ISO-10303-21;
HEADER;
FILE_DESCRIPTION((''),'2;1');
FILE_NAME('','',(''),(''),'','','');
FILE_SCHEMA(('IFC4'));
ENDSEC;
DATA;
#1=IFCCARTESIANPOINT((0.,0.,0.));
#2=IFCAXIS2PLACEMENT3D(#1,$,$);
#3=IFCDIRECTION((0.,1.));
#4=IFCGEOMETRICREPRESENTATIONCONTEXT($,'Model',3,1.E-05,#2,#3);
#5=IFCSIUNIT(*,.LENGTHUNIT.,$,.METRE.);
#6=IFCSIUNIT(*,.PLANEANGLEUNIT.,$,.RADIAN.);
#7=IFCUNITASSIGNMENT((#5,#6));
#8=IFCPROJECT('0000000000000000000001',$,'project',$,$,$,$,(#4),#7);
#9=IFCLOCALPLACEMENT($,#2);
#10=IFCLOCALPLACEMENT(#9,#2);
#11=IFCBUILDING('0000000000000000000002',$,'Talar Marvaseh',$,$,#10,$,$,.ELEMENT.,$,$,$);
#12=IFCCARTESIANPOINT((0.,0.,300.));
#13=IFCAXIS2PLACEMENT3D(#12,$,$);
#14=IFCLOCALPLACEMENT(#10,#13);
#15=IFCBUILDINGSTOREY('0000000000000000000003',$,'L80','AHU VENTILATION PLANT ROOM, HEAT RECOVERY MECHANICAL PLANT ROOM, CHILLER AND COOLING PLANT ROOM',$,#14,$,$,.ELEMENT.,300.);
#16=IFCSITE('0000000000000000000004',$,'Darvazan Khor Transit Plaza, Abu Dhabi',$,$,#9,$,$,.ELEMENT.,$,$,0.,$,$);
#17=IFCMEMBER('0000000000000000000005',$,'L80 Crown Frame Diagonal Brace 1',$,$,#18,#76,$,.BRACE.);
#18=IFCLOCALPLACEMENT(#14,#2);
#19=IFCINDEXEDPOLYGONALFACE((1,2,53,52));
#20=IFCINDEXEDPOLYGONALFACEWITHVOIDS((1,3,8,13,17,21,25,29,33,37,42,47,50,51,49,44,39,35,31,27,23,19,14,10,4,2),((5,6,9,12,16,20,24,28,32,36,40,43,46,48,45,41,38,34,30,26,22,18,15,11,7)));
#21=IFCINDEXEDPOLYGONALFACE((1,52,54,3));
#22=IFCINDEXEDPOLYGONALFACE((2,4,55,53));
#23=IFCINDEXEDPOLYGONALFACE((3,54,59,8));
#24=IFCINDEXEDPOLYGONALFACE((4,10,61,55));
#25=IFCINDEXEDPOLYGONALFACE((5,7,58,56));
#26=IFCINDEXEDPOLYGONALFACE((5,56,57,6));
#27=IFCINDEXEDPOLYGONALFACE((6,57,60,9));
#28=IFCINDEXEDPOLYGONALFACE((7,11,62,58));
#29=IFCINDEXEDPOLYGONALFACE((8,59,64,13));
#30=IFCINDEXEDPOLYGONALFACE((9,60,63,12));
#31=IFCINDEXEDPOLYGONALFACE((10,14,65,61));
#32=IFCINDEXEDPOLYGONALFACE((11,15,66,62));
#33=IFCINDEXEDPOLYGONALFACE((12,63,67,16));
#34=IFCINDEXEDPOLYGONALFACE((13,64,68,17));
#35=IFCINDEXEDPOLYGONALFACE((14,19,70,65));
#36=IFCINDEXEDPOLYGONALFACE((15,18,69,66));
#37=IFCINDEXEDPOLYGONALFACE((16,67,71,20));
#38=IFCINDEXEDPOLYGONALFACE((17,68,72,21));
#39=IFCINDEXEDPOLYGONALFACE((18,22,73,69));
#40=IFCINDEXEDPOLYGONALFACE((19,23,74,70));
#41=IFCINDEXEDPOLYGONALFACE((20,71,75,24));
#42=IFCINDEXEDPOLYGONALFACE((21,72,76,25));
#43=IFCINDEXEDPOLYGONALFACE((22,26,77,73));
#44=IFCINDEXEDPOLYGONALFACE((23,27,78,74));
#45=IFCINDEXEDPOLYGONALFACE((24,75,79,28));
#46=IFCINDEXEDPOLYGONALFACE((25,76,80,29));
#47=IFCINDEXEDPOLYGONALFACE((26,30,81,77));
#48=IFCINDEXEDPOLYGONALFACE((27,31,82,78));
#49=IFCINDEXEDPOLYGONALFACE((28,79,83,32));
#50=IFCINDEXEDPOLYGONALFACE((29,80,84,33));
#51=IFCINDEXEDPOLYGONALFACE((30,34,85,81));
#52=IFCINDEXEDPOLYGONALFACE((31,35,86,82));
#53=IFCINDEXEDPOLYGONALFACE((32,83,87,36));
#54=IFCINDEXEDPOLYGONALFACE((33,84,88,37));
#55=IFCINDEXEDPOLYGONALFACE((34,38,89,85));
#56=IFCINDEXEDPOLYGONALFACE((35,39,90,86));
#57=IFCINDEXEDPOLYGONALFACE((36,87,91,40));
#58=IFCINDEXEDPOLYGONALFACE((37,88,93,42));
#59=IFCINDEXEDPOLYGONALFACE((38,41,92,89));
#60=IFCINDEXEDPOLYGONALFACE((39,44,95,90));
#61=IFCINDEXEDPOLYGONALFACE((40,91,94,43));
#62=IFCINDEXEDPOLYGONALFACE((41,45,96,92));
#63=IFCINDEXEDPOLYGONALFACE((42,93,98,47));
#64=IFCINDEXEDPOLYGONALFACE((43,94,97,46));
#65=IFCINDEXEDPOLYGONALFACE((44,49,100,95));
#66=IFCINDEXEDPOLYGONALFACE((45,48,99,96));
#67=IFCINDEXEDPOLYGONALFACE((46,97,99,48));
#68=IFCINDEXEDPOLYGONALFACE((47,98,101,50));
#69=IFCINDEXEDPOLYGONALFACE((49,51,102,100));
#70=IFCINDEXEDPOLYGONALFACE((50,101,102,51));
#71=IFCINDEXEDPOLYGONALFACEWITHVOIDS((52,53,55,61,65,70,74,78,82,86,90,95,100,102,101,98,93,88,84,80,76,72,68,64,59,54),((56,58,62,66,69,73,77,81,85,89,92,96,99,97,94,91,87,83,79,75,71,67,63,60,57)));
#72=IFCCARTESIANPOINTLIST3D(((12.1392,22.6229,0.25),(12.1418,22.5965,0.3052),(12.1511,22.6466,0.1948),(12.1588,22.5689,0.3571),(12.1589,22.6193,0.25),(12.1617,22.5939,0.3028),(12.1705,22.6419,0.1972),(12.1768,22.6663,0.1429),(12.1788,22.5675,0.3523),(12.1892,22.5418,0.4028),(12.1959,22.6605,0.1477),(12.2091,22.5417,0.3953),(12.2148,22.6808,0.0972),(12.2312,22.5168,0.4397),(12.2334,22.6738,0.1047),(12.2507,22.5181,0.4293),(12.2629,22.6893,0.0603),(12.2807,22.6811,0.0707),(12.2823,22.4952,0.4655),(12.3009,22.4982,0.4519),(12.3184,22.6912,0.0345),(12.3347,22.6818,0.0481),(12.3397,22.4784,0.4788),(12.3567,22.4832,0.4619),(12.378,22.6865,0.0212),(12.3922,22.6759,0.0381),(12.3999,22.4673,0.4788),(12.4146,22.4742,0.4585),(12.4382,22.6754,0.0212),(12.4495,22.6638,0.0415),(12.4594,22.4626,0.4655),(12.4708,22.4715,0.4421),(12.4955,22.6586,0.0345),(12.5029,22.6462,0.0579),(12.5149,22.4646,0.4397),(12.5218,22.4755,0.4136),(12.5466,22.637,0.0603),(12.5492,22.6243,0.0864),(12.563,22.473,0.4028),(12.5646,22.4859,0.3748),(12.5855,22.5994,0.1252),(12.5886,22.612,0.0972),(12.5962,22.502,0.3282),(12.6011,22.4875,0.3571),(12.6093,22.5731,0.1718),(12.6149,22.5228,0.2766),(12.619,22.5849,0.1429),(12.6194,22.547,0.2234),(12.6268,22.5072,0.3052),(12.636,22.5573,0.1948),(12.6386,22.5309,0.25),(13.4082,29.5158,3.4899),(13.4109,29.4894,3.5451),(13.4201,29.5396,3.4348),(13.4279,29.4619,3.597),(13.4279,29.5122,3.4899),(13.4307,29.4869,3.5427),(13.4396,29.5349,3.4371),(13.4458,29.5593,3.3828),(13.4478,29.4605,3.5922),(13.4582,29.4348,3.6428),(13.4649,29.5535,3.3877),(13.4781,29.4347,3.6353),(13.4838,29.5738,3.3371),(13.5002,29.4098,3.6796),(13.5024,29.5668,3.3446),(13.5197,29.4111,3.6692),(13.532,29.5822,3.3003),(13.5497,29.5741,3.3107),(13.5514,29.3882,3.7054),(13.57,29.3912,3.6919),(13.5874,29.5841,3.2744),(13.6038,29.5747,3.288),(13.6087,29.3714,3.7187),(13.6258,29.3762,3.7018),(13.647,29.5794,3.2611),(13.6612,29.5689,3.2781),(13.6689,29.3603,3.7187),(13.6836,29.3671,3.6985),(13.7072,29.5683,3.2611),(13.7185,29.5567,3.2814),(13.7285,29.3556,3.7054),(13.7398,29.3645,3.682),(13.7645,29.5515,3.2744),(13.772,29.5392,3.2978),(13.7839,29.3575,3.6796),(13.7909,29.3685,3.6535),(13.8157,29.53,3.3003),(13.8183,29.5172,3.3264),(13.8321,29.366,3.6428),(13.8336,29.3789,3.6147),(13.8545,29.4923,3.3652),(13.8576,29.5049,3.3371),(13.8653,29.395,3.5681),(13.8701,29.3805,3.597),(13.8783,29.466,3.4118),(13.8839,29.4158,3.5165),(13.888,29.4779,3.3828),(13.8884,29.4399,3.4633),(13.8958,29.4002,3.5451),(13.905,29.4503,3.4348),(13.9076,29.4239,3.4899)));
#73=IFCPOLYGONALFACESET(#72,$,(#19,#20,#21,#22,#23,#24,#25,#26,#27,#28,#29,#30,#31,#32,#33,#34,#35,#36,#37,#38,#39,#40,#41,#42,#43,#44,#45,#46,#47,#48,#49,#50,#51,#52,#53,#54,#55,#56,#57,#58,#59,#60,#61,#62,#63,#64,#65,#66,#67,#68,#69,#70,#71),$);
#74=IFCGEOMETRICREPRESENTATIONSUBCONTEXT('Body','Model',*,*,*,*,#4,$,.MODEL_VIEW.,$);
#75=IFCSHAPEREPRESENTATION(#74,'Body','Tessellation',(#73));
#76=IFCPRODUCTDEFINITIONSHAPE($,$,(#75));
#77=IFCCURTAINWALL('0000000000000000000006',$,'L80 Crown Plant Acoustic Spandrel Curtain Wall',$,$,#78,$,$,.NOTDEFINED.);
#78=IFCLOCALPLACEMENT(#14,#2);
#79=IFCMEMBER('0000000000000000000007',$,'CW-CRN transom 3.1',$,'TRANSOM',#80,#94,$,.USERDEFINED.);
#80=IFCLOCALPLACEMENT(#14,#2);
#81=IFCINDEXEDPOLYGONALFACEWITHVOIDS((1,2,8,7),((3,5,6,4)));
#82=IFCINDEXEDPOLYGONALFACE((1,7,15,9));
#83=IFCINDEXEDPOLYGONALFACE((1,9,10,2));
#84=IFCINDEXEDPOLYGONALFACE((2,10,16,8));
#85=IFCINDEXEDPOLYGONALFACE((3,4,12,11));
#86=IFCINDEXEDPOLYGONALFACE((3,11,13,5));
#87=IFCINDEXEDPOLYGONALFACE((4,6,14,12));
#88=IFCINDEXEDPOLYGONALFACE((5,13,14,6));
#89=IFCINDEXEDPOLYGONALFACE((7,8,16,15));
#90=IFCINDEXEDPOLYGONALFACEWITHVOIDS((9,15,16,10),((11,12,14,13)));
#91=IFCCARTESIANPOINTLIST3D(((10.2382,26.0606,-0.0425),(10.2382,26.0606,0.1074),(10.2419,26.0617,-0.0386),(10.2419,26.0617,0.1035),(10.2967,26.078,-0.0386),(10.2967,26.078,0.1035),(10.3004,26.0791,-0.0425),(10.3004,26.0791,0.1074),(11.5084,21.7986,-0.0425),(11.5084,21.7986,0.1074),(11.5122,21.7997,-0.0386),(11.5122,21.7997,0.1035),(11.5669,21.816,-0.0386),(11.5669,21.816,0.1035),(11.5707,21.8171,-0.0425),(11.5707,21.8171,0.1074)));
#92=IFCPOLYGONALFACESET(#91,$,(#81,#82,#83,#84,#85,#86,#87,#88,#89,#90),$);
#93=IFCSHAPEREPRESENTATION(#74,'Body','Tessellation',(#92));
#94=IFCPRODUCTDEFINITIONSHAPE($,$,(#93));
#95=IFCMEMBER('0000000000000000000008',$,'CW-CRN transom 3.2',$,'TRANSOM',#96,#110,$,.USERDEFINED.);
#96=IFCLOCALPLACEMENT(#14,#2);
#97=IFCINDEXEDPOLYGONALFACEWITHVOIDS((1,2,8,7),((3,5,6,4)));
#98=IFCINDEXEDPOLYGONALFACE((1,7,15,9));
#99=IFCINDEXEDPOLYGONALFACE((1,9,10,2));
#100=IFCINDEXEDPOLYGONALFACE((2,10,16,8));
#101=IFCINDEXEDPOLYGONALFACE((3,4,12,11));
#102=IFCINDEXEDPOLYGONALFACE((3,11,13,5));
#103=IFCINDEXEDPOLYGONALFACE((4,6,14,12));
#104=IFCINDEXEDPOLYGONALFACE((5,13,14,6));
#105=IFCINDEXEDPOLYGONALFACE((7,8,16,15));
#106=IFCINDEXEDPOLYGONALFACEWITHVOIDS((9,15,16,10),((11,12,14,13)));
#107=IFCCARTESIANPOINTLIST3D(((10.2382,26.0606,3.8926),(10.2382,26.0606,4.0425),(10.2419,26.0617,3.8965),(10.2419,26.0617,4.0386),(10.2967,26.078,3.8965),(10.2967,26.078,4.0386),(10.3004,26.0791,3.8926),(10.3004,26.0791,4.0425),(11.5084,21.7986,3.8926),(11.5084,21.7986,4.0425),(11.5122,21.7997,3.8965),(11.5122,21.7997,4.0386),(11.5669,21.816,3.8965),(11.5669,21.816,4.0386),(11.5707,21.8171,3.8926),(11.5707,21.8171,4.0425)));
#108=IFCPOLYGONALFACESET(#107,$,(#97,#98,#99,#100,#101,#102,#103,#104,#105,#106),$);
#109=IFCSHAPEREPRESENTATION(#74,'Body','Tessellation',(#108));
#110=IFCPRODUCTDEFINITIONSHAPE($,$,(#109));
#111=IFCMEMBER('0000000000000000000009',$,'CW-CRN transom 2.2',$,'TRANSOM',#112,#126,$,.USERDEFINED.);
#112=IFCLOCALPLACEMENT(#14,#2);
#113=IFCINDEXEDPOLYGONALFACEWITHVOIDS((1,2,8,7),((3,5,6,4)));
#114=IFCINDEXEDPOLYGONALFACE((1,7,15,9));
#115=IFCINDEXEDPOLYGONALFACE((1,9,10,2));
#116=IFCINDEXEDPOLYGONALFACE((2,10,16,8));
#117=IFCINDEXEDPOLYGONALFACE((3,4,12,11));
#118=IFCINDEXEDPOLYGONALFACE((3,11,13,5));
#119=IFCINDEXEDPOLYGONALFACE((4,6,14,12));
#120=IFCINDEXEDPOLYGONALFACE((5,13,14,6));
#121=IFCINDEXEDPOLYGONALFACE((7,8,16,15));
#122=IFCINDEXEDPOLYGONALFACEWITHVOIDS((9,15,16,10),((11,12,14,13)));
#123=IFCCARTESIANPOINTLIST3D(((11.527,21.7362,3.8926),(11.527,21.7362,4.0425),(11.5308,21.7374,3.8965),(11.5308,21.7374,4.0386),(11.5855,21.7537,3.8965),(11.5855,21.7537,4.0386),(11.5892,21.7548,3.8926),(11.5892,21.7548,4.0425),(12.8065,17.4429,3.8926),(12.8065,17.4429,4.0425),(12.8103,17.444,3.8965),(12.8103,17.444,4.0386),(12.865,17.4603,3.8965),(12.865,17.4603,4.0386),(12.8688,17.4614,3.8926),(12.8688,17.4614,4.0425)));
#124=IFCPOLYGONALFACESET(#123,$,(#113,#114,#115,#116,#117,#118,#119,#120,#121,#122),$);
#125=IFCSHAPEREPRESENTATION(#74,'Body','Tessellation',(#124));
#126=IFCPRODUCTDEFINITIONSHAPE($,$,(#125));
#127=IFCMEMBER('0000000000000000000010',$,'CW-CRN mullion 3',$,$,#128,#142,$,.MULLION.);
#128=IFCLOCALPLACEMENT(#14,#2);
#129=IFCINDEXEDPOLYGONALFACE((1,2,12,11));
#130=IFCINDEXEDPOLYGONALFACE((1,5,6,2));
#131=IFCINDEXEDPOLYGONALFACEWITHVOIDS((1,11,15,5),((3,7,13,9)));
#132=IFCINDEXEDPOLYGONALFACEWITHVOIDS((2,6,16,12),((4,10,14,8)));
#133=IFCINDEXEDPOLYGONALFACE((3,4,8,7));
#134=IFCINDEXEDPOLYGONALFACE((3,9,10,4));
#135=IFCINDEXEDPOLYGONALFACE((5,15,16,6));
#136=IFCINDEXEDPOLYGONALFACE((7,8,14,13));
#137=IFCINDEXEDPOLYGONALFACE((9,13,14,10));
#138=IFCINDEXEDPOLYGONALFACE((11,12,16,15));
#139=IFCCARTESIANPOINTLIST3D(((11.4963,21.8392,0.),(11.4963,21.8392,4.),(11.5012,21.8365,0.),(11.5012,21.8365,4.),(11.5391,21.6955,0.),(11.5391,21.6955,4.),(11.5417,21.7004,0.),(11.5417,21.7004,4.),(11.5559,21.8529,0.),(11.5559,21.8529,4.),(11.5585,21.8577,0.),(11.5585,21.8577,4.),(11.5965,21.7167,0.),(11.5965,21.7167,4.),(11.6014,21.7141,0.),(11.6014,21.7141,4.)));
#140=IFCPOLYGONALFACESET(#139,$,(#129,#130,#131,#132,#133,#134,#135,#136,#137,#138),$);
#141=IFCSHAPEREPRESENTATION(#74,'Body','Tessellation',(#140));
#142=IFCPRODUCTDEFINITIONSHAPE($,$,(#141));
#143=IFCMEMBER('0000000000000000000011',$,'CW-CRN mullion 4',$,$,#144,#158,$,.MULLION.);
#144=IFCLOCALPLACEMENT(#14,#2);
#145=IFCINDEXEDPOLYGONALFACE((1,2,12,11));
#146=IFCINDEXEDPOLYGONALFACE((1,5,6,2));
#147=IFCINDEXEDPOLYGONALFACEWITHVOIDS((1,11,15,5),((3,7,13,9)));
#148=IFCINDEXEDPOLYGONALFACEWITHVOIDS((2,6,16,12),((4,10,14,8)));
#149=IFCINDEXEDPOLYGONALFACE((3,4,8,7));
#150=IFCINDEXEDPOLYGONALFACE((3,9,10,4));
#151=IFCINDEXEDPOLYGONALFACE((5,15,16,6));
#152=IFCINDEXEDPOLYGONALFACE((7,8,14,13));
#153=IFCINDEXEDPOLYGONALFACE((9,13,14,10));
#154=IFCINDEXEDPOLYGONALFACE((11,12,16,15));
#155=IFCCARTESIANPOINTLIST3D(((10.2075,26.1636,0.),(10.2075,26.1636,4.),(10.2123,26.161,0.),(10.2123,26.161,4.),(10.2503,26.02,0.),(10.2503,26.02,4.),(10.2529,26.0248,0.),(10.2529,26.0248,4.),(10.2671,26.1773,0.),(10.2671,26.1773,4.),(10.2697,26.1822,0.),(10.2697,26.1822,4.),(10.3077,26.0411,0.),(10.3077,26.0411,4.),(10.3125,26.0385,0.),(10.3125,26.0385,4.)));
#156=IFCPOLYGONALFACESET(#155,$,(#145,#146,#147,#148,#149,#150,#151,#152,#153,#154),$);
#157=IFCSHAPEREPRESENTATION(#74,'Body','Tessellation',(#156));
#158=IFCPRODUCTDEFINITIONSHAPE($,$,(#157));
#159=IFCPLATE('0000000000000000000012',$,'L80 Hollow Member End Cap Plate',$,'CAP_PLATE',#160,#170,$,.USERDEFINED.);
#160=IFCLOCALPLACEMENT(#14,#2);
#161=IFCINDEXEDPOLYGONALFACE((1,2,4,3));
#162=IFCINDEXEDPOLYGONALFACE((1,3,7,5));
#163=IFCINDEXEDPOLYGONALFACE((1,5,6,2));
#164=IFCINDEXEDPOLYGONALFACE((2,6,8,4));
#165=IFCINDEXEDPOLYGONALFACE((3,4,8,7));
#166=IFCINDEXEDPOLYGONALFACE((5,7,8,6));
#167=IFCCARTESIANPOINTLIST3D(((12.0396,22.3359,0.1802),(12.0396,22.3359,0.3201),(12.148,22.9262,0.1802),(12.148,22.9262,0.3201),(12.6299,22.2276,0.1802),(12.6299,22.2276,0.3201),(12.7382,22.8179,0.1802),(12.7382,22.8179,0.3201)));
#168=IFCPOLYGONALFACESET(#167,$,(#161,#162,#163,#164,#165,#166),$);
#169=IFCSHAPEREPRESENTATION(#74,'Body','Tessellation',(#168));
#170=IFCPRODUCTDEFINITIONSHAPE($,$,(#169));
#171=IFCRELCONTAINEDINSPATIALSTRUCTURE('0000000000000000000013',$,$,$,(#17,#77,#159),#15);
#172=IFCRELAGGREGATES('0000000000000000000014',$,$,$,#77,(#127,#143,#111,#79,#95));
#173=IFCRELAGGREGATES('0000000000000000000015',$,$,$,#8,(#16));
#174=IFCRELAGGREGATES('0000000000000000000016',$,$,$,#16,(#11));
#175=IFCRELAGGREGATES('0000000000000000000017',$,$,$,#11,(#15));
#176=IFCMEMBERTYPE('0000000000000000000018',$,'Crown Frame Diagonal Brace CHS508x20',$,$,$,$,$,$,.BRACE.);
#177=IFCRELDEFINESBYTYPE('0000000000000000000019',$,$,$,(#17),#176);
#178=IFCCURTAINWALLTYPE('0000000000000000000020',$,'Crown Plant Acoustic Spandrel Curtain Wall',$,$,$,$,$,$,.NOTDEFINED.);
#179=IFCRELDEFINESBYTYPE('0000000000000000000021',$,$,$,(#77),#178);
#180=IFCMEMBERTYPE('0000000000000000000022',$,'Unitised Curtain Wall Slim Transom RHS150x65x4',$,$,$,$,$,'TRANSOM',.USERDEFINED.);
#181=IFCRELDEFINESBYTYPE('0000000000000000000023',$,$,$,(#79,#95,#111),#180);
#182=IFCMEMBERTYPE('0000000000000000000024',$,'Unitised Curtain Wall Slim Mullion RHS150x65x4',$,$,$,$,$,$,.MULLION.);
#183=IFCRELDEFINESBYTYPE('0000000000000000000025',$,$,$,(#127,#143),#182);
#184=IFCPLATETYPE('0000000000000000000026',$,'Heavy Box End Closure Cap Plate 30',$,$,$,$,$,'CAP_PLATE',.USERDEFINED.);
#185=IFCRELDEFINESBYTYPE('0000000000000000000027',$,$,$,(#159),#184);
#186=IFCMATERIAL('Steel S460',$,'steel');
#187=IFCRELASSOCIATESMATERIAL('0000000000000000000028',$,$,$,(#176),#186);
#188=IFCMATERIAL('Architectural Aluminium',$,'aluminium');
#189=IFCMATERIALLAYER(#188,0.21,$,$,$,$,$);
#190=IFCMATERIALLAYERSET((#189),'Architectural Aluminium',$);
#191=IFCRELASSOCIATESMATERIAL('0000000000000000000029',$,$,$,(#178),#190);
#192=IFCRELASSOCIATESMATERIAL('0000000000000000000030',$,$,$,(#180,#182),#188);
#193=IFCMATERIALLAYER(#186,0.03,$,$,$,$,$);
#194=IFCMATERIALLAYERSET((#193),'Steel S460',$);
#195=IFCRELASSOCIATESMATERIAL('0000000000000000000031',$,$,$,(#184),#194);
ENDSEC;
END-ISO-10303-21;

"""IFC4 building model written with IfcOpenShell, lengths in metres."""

from ifc_helpers import new_model, si_unit, direction, frame, origin, origin_2d, place, context, subcontext, project, spatial, rectangle, hollow_rectangle, hollow_circle, extrude, source, transform, mapped, material, layer, layer_set, material_profile, profile_set, type_object, type_shapes, element, aggregate, save


model = new_model("IFC4")

# Units and contexts
model_context = context("Model", 3, precision=1e-05, world=origin(), true_north=direction((0.0, 1.0)))
body_context = subcontext(model_context, "Body", "Model", "MODEL_VIEW")
ifc_project = project(units=[si_unit("LENGTHUNIT", "METRE"), si_unit("PLANEANGLEUNIT", "RADIAN")], contexts=[model_context])

# Site, building, storey
site_placement = place(None, origin())
site = spatial("IfcSite", under=ifc_project, at=site_placement, Name="Darvazan Khor Transit Plaza, Abu Dhabi", CompositionType="ELEMENT", RefElevation=0.0)
building_placement = place(site_placement, origin())
building = spatial("IfcBuilding", under=site, at=building_placement, Name="Talar Marvaseh", CompositionType="ELEMENT")
storey_placement = place(building_placement, frame((0.0, 0.0, 300.0)))
storey = spatial("IfcBuildingStorey", under=building, at=storey_placement, Name="L80", Description="AHU VENTILATION PLANT ROOM, HEAT RECOVERY MECHANICAL PLANT ROOM, CHILLER AND COOLING PLANT ROOM", CompositionType="ELEMENT", Elevation=300.0)

# Shared definitions
ifc_material_1 = material(Name="Steel S460", Category="steel")

# Member
ifc_material_profile_1 = material_profile(ifc_material_1, hollow_circle(Radius=0.2539, WallThickness=0.02, at=origin_2d()), Name="CHS508x20")
ifc_profile_set_1 = profile_set([ifc_material_profile_1], Name="Steel S460")
member_type_1 = type_object("IfcMemberType", Name="Crown Frame Diagonal Brace CHS508x20", PredefinedType="BRACE", material=ifc_profile_set_1)
shared_shape_1 = source(origin(), body_context, "Body", "SweptSolid", [
    extrude(hollow_circle(Radius=0.2539, WallThickness=0.02, at=origin_2d()), origin(), (0.0, 0.0, 1.0), 7.7214),
])
type_shapes(member_type_1, [shared_shape_1])
member_1_placement = place(storey_placement, frame((12.3889, 22.5769, 0.25), z_axis=(0.164351, 0.892705, 0.419603), x_axis=(-0.983472, 0.181061, 0.0)))
element("IfcMember", 1, at=member_1_placement, inside=storey, type_object=member_type_1, Name="L80 Crown Frame Diagonal Brace 1", PredefinedType="BRACE", context=body_context, shape_type="MappedRepresentation", body=[
    mapped(shared_shape_1, transform((0.0, 0.0, 0.0), x_axis=(1.0, 0.0, 0.0), y_axis=(0.0, 1.0, 0.0), z_axis=(0.0, 0.0, 1.0), scale=1.0)),
])

# Curtain wall, members
ifc_material_2 = material(Name="Architectural Aluminium", Category="aluminium")
ifc_layer_1 = layer(ifc_material_2, 0.21)
ifc_layer_set_1 = layer_set([ifc_layer_1], Name="Architectural Aluminium")
curtain_wall_type = type_object("IfcCurtainWallType", Name="Crown Plant Acoustic Spandrel Curtain Wall", PredefinedType="NOTDEFINED", material=ifc_layer_set_1)
curtain_wall_placement = place(storey_placement, origin())
curtain_wall = element("IfcCurtainWall", 2, at=curtain_wall_placement, inside=storey, type_object=curtain_wall_type, Name="L80 Crown Plant Acoustic Spandrel Curtain Wall", PredefinedType="NOTDEFINED")
ifc_material_profile_2 = material_profile(ifc_material_2, hollow_rectangle(XDim=0.0649, YDim=0.1499, WallThickness=0.0039, at=origin_2d()), Name="RHS150x65x4")
ifc_profile_set_2 = profile_set([ifc_material_profile_2], Name="Architectural Aluminium")
member_type_2 = type_object("IfcMemberType", Name="Unitised Curtain Wall Slim Transom RHS150x65x4", ElementType="TRANSOM", PredefinedType="USERDEFINED", material=ifc_profile_set_2)
shared_shape_2 = source(origin(), body_context, "Body", "SweptSolid", [
    extrude(hollow_rectangle(XDim=0.0649, YDim=0.1499, WallThickness=0.0039, at=origin_2d()), origin(), (0.0, 0.0, 1.0), 4.4473),
])
member_2_placement = place(storey_placement, frame((11.5396, 21.8079, 0.0325), z_axis=(-0.28563, 0.95834, 0.0), x_axis=(-0.95834, -0.28563, 0.0)))
member_2 = element("IfcMember", 3, at=member_2_placement, type_object=member_type_2, Name="CW-CRN transom 3.1", ObjectType="TRANSOM", PredefinedType="USERDEFINED", context=body_context, shape_type="MappedRepresentation", body=[
    mapped(shared_shape_2, transform((0.0, 0.0, 0.0), x_axis=(1.0, 0.0, 0.0), y_axis=(0.0, 1.0, 0.0), z_axis=(0.0, 0.0, 1.0), scale=1.0)),
])
member_3_placement = place(storey_placement, frame((11.5396, 21.8079, 3.9675), z_axis=(-0.28563, 0.95834, 0.0), x_axis=(-0.95834, -0.28563, 0.0)))
member_3 = element("IfcMember", 4, at=member_3_placement, type_object=member_type_2, Name="CW-CRN transom 3.2", ObjectType="TRANSOM", PredefinedType="USERDEFINED", context=body_context, shape_type="MappedRepresentation", body=[
    mapped(shared_shape_2, transform((0.0, 0.0, 0.0), x_axis=(1.0, 0.0, 0.0), y_axis=(0.0, 1.0, 0.0), z_axis=(0.0, 0.0, 1.0), scale=1.0)),
])
shared_shape_3 = source(origin(), body_context, "Body", "SweptSolid", [
    extrude(hollow_rectangle(XDim=0.0649, YDim=0.1499, WallThickness=0.0039, at=origin_2d()), origin(), (0.0, 0.0, 1.0), 4.48),
])
type_shapes(member_type_2, [shared_shape_2, shared_shape_3])
member_4_placement = place(storey_placement, frame((12.8376, 17.4521, 3.9675), z_axis=(-0.285608, 0.958347, 0.0), x_axis=(-0.958347, -0.285608, 0.0)))
member_4 = element("IfcMember", 5, at=member_4_placement, type_object=member_type_2, Name="CW-CRN transom 2.2", ObjectType="TRANSOM", PredefinedType="USERDEFINED", context=body_context, shape_type="MappedRepresentation", body=[
    mapped(shared_shape_3, transform((0.0, 0.0, 0.0), x_axis=(1.0, 0.0, 0.0), y_axis=(0.0, 1.0, 0.0), z_axis=(0.0, 0.0, 1.0), scale=1.0)),
])
ifc_material_profile_3 = material_profile(ifc_material_2, hollow_rectangle(XDim=0.0649, YDim=0.1499, WallThickness=0.0039, at=origin_2d()), Name="RHS150x65x4")
ifc_profile_set_3 = profile_set([ifc_material_profile_3], Name="Architectural Aluminium")
member_type_3 = type_object("IfcMemberType", Name="Unitised Curtain Wall Slim Mullion RHS150x65x4", PredefinedType="MULLION", material=ifc_profile_set_3)
shared_shape_4 = source(origin(), body_context, "Body", "SweptSolid", [
    extrude(hollow_rectangle(XDim=0.0649, YDim=0.1499, WallThickness=0.0039, at=origin_2d()), origin(), (0.0, 0.0, 1.0), 4.0),
])
type_shapes(member_type_3, [shared_shape_4])
member_5_placement = place(storey_placement, frame((11.5488, 21.7766, 0.0), z_axis=(0.0, 0.0, 1.0), x_axis=(-0.958342, -0.285624, 0.0)))
member_5 = element("IfcMember", 6, at=member_5_placement, type_object=member_type_3, Name="CW-CRN mullion 3", PredefinedType="MULLION", context=body_context, shape_type="MappedRepresentation", body=[
    mapped(shared_shape_4, transform((0.0, 0.0, 0.0), x_axis=(1.0, 0.0, 0.0), y_axis=(0.0, 1.0, 0.0), z_axis=(0.0, 0.0, 1.0), scale=1.0)),
])
member_6_placement = place(storey_placement, frame((10.26, 26.1011, 0.0), z_axis=(0.0, 0.0, 1.0), x_axis=(-0.958342, -0.285624, 0.0)))
member_6 = element("IfcMember", 7, at=member_6_placement, type_object=member_type_3, Name="CW-CRN mullion 4", PredefinedType="MULLION", context=body_context, shape_type="MappedRepresentation", body=[
    mapped(shared_shape_4, transform((0.0, 0.0, 0.0), x_axis=(1.0, 0.0, 0.0), y_axis=(0.0, 1.0, 0.0), z_axis=(0.0, 0.0, 1.0), scale=1.0)),
])

# Plate
ifc_layer_2 = layer(ifc_material_1, 0.03)
ifc_layer_set_2 = layer_set([ifc_layer_2], Name="Steel S460")
plate_type_1 = type_object("IfcPlateType", Name="Heavy Box End Closure Cap Plate 30", ElementType="CAP_PLATE", PredefinedType="USERDEFINED", material=ifc_layer_set_2)
shared_shape_5 = source(origin(), body_context, "Body", "SweptSolid", [
    extrude(rectangle(XDim=0.6001, YDim=0.6001, at=origin_2d()), origin(), (0.0, 0.0, 1.0), 0.1399),
])
type_shapes(plate_type_1, [shared_shape_5])
plate_1_placement = place(storey_placement, frame((12.3889, 22.5769, 0.1802), z_axis=(0.0, 0.0, 1.0), x_axis=(0.180519, 0.983571, 0.0)))
element("IfcPlate", 8, at=plate_1_placement, inside=storey, type_object=plate_type_1, Name="L80 Hollow Member End Cap Plate", ObjectType="CAP_PLATE", PredefinedType="USERDEFINED", context=body_context, shape_type="MappedRepresentation", body=[
    mapped(shared_shape_5, transform((0.0, 0.0, 0.0), x_axis=(1.0, 0.0, 0.0), y_axis=(0.0, 1.0, 0.0), z_axis=(0.0, 0.0, 1.0), scale=1.0)),
])
aggregate(curtain_wall, [member_5, member_6, member_4, member_2, member_3])

save(model, "model.ifc")
